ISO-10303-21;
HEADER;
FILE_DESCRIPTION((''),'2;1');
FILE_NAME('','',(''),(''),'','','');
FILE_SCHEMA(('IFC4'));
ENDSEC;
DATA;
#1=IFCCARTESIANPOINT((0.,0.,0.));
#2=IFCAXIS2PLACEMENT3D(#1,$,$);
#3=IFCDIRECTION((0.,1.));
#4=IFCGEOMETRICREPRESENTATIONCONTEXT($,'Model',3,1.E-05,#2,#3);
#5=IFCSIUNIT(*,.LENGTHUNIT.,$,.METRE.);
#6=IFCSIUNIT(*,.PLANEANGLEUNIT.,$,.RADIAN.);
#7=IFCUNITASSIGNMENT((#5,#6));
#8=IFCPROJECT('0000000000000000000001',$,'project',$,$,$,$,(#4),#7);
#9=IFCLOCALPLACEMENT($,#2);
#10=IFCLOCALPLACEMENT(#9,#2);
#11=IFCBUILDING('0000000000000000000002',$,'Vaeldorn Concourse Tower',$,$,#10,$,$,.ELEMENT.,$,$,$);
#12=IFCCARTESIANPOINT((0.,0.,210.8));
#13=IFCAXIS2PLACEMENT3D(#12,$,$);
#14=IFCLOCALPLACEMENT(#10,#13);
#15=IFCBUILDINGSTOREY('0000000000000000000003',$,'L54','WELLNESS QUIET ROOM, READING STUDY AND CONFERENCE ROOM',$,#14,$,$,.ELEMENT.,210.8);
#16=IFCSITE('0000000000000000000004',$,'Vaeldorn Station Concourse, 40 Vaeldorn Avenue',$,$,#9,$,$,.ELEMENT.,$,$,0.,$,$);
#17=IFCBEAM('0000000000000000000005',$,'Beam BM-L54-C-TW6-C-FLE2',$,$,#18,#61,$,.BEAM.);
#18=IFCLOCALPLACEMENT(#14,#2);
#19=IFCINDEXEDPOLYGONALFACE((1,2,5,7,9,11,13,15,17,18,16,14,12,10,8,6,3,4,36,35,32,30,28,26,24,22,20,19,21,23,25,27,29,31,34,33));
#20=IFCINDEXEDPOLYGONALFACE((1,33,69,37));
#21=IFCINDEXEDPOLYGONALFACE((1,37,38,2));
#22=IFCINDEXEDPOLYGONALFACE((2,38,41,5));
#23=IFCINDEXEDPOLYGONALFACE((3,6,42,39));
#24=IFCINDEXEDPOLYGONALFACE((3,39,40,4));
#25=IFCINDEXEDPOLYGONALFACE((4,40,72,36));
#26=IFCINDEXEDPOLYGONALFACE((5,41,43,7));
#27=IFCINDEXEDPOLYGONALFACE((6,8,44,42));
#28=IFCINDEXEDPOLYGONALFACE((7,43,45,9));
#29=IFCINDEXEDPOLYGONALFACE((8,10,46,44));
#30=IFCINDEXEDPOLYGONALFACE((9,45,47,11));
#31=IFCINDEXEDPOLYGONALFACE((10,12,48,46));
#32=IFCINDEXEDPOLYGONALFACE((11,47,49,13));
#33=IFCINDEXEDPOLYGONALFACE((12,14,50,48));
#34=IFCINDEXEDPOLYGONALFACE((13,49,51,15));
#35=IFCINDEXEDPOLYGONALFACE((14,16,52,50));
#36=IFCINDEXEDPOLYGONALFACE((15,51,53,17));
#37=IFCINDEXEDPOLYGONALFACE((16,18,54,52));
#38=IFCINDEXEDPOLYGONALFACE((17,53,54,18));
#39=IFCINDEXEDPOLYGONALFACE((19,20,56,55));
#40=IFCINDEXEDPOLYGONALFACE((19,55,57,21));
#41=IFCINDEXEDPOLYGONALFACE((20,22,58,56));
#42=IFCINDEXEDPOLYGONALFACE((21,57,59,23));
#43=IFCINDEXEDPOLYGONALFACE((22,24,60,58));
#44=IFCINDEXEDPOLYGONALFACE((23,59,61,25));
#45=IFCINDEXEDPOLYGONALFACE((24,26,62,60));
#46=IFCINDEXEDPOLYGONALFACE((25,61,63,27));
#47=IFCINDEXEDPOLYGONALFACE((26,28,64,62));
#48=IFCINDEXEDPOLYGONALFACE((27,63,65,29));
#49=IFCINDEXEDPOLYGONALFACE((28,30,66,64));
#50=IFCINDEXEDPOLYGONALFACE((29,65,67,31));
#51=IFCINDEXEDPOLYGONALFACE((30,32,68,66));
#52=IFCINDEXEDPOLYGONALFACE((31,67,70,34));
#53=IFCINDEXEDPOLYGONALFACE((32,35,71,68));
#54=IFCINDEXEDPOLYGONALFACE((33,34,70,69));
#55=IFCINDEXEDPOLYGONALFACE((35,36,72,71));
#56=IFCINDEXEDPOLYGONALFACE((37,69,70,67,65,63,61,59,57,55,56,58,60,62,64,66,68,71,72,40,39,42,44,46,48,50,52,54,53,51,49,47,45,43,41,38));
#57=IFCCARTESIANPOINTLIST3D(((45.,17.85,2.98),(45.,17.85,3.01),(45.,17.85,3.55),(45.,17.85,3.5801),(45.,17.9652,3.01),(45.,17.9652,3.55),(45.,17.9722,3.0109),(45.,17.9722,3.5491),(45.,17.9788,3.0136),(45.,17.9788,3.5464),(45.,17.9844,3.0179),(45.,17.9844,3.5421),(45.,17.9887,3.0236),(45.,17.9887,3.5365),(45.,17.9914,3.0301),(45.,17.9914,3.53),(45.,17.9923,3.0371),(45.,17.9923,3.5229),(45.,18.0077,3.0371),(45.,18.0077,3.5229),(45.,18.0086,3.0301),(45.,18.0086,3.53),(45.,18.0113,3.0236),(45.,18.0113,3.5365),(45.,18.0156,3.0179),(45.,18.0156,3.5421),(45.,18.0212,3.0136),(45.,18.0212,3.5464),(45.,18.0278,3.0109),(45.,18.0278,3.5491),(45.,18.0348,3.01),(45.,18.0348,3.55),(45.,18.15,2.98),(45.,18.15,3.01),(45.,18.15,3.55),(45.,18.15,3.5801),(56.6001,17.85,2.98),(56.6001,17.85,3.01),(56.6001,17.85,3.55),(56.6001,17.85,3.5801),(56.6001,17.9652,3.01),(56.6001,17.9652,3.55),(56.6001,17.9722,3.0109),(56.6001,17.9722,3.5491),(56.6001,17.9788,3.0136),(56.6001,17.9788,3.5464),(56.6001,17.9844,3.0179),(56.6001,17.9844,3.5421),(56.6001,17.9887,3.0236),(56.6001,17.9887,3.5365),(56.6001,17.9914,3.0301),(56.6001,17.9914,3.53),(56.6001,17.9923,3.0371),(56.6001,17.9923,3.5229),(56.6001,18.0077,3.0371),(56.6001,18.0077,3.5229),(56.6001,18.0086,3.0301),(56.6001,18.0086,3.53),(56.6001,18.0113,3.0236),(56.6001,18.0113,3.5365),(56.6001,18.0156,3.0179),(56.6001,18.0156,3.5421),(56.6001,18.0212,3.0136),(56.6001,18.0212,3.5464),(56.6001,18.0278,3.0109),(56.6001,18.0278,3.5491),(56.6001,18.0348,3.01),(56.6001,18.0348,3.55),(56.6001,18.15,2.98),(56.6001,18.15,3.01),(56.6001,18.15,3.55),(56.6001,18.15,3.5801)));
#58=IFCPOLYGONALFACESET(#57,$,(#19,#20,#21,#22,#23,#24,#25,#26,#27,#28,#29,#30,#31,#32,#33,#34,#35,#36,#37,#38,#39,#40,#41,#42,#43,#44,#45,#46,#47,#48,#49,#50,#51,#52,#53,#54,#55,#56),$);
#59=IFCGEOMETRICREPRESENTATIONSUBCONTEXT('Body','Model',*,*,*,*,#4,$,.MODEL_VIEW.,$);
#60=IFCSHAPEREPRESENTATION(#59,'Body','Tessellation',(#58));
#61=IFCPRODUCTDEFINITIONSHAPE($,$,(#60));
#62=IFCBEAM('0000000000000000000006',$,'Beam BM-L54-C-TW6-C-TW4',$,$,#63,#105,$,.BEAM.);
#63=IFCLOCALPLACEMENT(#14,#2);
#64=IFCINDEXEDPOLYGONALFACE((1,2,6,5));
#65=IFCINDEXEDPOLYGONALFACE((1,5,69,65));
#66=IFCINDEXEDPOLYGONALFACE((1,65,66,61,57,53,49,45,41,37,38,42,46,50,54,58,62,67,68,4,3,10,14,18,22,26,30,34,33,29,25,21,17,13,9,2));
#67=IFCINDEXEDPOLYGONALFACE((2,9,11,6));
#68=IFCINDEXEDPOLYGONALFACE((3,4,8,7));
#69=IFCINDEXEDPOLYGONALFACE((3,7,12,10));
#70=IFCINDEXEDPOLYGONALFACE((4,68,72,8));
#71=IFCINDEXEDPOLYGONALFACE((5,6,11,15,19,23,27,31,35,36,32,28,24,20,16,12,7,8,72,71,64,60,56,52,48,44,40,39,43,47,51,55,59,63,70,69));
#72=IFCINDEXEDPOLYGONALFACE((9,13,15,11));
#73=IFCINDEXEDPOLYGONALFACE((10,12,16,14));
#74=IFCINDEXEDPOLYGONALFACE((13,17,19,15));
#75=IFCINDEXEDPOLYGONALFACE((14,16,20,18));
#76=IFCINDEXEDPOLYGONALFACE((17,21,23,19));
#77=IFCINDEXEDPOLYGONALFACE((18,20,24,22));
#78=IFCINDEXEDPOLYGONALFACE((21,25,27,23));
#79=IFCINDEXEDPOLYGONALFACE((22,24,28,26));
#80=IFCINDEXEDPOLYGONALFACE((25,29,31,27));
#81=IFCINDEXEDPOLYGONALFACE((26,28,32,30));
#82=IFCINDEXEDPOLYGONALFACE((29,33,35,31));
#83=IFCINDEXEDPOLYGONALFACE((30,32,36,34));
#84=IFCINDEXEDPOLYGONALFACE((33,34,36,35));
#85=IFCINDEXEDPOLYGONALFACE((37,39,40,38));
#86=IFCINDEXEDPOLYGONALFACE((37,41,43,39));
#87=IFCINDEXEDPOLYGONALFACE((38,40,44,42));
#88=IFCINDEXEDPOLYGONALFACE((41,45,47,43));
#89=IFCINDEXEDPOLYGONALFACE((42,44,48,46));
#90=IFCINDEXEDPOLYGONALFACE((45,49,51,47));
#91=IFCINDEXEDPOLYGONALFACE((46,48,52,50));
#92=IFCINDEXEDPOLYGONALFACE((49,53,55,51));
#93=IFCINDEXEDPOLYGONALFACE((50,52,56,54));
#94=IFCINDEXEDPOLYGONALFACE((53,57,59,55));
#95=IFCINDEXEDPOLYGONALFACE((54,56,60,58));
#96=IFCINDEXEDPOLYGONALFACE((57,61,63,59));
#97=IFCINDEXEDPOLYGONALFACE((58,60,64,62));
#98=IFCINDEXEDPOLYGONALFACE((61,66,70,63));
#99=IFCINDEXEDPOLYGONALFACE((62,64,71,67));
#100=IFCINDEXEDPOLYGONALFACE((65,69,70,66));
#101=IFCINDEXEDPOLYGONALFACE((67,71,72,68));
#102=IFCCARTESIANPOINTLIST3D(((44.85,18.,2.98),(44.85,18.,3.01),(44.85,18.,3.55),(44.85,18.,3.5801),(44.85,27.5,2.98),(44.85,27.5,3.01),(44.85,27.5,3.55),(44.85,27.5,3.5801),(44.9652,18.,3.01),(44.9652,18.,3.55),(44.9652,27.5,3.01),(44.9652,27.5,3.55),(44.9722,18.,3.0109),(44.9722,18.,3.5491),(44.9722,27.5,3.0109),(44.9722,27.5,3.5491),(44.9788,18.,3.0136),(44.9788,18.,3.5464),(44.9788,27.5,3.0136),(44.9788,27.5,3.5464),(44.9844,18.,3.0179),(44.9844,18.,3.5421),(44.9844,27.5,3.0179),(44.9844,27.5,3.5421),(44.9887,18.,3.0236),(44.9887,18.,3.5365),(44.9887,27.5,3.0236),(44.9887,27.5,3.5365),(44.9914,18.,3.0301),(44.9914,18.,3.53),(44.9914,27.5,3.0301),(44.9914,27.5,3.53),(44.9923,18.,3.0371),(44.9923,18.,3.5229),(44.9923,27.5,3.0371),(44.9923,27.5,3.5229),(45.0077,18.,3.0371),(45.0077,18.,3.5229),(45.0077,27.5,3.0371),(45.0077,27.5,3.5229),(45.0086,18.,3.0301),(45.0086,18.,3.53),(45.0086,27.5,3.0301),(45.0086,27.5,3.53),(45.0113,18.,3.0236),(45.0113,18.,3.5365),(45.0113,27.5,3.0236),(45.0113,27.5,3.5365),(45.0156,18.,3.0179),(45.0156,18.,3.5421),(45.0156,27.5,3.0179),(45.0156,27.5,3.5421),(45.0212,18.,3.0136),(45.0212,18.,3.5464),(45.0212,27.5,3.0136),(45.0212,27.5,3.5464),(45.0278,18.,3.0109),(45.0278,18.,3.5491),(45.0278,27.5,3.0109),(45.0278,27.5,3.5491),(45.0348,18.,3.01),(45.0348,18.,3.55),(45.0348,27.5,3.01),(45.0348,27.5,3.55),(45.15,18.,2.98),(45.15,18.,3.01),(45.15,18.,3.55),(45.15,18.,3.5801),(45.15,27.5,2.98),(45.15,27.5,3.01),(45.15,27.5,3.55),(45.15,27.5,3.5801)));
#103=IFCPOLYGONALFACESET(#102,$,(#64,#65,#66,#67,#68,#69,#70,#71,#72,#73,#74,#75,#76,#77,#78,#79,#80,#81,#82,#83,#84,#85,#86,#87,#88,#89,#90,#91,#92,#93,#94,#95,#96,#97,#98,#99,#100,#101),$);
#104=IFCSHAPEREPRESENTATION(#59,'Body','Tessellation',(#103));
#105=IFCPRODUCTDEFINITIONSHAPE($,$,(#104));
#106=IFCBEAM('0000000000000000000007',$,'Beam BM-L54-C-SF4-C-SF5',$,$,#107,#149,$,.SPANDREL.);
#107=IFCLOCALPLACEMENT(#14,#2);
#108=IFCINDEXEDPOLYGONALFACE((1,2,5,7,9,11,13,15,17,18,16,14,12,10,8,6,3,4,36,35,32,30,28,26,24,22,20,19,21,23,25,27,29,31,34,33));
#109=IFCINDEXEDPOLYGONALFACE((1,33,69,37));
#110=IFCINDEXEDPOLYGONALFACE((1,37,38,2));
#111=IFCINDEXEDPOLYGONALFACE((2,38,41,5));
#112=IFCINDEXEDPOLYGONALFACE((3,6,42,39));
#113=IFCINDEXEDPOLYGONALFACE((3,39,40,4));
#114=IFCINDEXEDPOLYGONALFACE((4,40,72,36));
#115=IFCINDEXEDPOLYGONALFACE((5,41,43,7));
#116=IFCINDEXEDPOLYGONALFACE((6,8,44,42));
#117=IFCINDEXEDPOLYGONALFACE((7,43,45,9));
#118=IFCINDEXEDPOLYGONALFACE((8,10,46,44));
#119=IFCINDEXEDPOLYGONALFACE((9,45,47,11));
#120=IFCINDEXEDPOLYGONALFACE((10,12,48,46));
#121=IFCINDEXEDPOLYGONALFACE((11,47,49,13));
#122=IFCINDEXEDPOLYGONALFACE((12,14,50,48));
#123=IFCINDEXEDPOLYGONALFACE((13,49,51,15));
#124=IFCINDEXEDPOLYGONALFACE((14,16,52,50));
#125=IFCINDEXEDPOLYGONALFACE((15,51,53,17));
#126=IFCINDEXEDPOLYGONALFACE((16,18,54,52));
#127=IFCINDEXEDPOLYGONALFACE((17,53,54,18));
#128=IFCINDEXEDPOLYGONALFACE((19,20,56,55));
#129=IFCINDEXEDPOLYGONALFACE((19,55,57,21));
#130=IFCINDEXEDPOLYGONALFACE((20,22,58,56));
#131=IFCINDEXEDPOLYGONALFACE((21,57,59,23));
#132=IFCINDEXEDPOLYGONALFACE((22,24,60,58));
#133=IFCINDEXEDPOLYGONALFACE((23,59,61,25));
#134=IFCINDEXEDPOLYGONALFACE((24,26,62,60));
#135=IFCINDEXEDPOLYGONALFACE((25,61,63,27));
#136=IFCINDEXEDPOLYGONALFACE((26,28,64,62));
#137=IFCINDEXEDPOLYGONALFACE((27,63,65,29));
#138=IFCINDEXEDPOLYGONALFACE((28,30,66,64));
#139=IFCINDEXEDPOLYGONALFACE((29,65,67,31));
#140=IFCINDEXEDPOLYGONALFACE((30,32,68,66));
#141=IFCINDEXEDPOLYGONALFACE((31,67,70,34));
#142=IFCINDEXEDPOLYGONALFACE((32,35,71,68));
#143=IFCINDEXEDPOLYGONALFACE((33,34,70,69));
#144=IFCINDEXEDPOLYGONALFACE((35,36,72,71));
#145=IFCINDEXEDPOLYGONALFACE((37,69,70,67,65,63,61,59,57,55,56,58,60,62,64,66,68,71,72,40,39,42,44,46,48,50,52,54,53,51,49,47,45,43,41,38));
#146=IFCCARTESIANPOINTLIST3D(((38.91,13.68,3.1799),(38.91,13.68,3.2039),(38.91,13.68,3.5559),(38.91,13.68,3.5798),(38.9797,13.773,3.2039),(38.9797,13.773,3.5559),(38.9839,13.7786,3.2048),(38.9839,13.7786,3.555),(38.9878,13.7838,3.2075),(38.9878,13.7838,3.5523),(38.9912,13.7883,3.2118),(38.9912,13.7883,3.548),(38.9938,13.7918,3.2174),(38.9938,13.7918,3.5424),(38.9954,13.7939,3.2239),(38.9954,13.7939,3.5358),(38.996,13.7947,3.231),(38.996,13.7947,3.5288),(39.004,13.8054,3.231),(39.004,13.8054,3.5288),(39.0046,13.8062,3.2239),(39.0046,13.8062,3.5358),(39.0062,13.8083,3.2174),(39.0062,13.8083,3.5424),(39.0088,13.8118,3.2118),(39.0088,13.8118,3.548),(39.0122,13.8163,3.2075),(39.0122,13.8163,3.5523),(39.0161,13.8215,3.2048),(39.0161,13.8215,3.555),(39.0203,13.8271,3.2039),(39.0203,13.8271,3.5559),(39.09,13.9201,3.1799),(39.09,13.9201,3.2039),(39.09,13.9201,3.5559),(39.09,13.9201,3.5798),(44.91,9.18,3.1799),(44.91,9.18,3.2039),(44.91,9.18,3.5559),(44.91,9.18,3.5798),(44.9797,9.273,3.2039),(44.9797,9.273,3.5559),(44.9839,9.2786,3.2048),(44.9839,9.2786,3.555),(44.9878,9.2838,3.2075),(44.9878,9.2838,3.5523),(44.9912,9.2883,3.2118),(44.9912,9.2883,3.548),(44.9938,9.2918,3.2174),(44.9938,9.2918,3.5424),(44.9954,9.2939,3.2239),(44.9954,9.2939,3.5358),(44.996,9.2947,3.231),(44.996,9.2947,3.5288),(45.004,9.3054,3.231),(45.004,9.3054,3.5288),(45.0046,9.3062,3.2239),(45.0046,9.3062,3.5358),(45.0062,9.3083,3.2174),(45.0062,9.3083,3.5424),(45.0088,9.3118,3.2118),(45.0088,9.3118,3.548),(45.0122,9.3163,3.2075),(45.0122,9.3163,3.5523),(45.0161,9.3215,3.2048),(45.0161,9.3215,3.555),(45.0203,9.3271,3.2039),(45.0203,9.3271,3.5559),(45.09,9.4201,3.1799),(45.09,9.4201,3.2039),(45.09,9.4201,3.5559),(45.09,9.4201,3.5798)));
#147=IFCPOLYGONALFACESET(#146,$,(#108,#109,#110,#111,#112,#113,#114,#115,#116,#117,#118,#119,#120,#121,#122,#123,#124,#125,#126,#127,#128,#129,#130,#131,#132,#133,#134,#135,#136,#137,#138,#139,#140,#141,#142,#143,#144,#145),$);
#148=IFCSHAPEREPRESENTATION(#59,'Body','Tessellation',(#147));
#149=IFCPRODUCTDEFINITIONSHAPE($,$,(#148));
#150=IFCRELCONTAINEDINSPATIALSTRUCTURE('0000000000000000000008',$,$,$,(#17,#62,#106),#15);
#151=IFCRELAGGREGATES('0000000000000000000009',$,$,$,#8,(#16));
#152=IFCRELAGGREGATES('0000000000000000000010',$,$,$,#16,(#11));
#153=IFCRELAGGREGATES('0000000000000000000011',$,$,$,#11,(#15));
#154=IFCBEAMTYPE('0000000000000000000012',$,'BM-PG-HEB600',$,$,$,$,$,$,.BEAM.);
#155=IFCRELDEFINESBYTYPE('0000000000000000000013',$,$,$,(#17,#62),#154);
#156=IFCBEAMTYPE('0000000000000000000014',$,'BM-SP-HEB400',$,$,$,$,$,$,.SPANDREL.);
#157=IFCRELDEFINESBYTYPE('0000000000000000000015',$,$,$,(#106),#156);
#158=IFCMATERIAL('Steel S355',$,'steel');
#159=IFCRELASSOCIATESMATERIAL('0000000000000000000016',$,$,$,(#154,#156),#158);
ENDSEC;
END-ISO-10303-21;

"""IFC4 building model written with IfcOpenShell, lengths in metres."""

from ifc_helpers import new_model, si_unit, direction, frame, origin, origin_2d, place, context, subcontext, project, spatial, i_section, extrude, source, transform, mapped, material, material_profile, profile_set, type_object, element, save


model = new_model("IFC4")

# Units and contexts
model_context = context("Model", 3, precision=1e-05, world=origin(), true_north=direction((0.0, 1.0)))
body_context = subcontext(model_context, "Body", "Model", "MODEL_VIEW")
ifc_project = project(units=[si_unit("LENGTHUNIT", "METRE"), si_unit("PLANEANGLEUNIT", "RADIAN")], contexts=[model_context])

# Site, building, storey
site_placement = place(None, origin())
site = spatial("IfcSite", under=ifc_project, at=site_placement, Name="Vaeldorn Station Concourse, 40 Vaeldorn Avenue", CompositionType="ELEMENT", RefElevation=0.0)
building_placement = place(site_placement, origin())
building = spatial("IfcBuilding", under=site, at=building_placement, Name="Vaeldorn Concourse Tower", CompositionType="ELEMENT")
storey_placement = place(building_placement, frame((0.0, 0.0, 210.8)))
storey = spatial("IfcBuildingStorey", under=building, at=storey_placement, Name="L54", Description="WELLNESS QUIET ROOM, READING STUDY AND CONFERENCE ROOM", CompositionType="ELEMENT", Elevation=210.8)

# Shared definitions
ifc_material_1 = material(Name="Steel S355", Category="steel")

# Beams
ifc_material_profile_1 = material_profile(ifc_material_1, i_section(OverallWidth=0.3, OverallDepth=0.6001, WebThickness=0.0154, FlangeThickness=0.03, FilletRadius=0.0271, at=origin_2d()), Name="HEB 600")
ifc_profile_set_1 = profile_set([ifc_material_profile_1], Name="Steel S355")
beam_type_1 = type_object("IfcBeamType", Name="BM-PG-HEB600", PredefinedType="BEAM", material=ifc_profile_set_1)
shared_shape_1 = source(origin(), body_context, "Body", "SweptSolid", [
    extrude(i_section(OverallWidth=0.3, OverallDepth=0.6001, WebThickness=0.0154, FlangeThickness=0.03, FilletRadius=0.0271, at=origin_2d()), origin(), (0.0, 0.0, 1.0), 11.6001),
])
beam_1_placement = place(storey_placement, frame((45.0, 18.0, 3.28), z_axis=(1.0, 0.0, 0.0), x_axis=(0.0, 1.0, 0.0)))
element("IfcBeam", 1, at=beam_1_placement, inside=storey, type_object=beam_type_1, Name="Beam BM-L54-C-TW6-C-FLE2", PredefinedType="BEAM", context=body_context, shape_type="MappedRepresentation", body=[
    mapped(shared_shape_1, transform((0.0, 0.0, 0.0), scale=1.0)),
])
shared_shape_2 = source(origin(), body_context, "Body", "SweptSolid", [
    extrude(i_section(OverallWidth=0.3, OverallDepth=0.6001, WebThickness=0.0154, FlangeThickness=0.03, FilletRadius=0.0271, at=origin_2d()), origin(), (0.0, 0.0, 1.0), 9.5),
])
beam_2_placement = place(storey_placement, frame((45.0, 18.0, 3.28), z_axis=(0.0, 1.0, 0.0), x_axis=(-1.0, 0.0, 0.0)))
element("IfcBeam", 2, at=beam_2_placement, inside=storey, type_object=beam_type_1, Name="Beam BM-L54-C-TW6-C-TW4", PredefinedType="BEAM", context=body_context, shape_type="MappedRepresentation", body=[
    mapped(shared_shape_2, transform((0.0, 0.0, 0.0), scale=1.0)),
])
ifc_material_profile_2 = material_profile(ifc_material_1, i_section(OverallWidth=0.3, OverallDepth=0.3999, WebThickness=0.0134, FlangeThickness=0.0239, FilletRadius=0.0271, at=origin_2d()), Name="HEB 400")
ifc_profile_set_2 = profile_set([ifc_material_profile_2], Name="Steel S355")
beam_type_2 = type_object("IfcBeamType", Name="BM-SP-HEB400", PredefinedType="SPANDREL", material=ifc_profile_set_2)
shared_shape_3 = source(origin(), body_context, "Body", "SweptSolid", [
    extrude(i_section(OverallWidth=0.3, OverallDepth=0.3999, WebThickness=0.0134, FlangeThickness=0.0239, FilletRadius=0.0271, at=origin_2d()), origin(), (0.0, 0.0, 1.0), 7.5),
])
beam_3_placement = place(storey_placement, frame((39.0, 13.8, 3.3799), z_axis=(0.8, -0.6, 0.0), x_axis=(0.6, 0.8, 0.0)))
element("IfcBeam", 3, at=beam_3_placement, inside=storey, type_object=beam_type_2, Name="Beam BM-L54-C-SF4-C-SF5", PredefinedType="SPANDREL", context=body_context, shape_type="MappedRepresentation", body=[
    mapped(shared_shape_3, transform((0.0, 0.0, 0.0), scale=1.0)),
])

save(model, "model.ifc")
